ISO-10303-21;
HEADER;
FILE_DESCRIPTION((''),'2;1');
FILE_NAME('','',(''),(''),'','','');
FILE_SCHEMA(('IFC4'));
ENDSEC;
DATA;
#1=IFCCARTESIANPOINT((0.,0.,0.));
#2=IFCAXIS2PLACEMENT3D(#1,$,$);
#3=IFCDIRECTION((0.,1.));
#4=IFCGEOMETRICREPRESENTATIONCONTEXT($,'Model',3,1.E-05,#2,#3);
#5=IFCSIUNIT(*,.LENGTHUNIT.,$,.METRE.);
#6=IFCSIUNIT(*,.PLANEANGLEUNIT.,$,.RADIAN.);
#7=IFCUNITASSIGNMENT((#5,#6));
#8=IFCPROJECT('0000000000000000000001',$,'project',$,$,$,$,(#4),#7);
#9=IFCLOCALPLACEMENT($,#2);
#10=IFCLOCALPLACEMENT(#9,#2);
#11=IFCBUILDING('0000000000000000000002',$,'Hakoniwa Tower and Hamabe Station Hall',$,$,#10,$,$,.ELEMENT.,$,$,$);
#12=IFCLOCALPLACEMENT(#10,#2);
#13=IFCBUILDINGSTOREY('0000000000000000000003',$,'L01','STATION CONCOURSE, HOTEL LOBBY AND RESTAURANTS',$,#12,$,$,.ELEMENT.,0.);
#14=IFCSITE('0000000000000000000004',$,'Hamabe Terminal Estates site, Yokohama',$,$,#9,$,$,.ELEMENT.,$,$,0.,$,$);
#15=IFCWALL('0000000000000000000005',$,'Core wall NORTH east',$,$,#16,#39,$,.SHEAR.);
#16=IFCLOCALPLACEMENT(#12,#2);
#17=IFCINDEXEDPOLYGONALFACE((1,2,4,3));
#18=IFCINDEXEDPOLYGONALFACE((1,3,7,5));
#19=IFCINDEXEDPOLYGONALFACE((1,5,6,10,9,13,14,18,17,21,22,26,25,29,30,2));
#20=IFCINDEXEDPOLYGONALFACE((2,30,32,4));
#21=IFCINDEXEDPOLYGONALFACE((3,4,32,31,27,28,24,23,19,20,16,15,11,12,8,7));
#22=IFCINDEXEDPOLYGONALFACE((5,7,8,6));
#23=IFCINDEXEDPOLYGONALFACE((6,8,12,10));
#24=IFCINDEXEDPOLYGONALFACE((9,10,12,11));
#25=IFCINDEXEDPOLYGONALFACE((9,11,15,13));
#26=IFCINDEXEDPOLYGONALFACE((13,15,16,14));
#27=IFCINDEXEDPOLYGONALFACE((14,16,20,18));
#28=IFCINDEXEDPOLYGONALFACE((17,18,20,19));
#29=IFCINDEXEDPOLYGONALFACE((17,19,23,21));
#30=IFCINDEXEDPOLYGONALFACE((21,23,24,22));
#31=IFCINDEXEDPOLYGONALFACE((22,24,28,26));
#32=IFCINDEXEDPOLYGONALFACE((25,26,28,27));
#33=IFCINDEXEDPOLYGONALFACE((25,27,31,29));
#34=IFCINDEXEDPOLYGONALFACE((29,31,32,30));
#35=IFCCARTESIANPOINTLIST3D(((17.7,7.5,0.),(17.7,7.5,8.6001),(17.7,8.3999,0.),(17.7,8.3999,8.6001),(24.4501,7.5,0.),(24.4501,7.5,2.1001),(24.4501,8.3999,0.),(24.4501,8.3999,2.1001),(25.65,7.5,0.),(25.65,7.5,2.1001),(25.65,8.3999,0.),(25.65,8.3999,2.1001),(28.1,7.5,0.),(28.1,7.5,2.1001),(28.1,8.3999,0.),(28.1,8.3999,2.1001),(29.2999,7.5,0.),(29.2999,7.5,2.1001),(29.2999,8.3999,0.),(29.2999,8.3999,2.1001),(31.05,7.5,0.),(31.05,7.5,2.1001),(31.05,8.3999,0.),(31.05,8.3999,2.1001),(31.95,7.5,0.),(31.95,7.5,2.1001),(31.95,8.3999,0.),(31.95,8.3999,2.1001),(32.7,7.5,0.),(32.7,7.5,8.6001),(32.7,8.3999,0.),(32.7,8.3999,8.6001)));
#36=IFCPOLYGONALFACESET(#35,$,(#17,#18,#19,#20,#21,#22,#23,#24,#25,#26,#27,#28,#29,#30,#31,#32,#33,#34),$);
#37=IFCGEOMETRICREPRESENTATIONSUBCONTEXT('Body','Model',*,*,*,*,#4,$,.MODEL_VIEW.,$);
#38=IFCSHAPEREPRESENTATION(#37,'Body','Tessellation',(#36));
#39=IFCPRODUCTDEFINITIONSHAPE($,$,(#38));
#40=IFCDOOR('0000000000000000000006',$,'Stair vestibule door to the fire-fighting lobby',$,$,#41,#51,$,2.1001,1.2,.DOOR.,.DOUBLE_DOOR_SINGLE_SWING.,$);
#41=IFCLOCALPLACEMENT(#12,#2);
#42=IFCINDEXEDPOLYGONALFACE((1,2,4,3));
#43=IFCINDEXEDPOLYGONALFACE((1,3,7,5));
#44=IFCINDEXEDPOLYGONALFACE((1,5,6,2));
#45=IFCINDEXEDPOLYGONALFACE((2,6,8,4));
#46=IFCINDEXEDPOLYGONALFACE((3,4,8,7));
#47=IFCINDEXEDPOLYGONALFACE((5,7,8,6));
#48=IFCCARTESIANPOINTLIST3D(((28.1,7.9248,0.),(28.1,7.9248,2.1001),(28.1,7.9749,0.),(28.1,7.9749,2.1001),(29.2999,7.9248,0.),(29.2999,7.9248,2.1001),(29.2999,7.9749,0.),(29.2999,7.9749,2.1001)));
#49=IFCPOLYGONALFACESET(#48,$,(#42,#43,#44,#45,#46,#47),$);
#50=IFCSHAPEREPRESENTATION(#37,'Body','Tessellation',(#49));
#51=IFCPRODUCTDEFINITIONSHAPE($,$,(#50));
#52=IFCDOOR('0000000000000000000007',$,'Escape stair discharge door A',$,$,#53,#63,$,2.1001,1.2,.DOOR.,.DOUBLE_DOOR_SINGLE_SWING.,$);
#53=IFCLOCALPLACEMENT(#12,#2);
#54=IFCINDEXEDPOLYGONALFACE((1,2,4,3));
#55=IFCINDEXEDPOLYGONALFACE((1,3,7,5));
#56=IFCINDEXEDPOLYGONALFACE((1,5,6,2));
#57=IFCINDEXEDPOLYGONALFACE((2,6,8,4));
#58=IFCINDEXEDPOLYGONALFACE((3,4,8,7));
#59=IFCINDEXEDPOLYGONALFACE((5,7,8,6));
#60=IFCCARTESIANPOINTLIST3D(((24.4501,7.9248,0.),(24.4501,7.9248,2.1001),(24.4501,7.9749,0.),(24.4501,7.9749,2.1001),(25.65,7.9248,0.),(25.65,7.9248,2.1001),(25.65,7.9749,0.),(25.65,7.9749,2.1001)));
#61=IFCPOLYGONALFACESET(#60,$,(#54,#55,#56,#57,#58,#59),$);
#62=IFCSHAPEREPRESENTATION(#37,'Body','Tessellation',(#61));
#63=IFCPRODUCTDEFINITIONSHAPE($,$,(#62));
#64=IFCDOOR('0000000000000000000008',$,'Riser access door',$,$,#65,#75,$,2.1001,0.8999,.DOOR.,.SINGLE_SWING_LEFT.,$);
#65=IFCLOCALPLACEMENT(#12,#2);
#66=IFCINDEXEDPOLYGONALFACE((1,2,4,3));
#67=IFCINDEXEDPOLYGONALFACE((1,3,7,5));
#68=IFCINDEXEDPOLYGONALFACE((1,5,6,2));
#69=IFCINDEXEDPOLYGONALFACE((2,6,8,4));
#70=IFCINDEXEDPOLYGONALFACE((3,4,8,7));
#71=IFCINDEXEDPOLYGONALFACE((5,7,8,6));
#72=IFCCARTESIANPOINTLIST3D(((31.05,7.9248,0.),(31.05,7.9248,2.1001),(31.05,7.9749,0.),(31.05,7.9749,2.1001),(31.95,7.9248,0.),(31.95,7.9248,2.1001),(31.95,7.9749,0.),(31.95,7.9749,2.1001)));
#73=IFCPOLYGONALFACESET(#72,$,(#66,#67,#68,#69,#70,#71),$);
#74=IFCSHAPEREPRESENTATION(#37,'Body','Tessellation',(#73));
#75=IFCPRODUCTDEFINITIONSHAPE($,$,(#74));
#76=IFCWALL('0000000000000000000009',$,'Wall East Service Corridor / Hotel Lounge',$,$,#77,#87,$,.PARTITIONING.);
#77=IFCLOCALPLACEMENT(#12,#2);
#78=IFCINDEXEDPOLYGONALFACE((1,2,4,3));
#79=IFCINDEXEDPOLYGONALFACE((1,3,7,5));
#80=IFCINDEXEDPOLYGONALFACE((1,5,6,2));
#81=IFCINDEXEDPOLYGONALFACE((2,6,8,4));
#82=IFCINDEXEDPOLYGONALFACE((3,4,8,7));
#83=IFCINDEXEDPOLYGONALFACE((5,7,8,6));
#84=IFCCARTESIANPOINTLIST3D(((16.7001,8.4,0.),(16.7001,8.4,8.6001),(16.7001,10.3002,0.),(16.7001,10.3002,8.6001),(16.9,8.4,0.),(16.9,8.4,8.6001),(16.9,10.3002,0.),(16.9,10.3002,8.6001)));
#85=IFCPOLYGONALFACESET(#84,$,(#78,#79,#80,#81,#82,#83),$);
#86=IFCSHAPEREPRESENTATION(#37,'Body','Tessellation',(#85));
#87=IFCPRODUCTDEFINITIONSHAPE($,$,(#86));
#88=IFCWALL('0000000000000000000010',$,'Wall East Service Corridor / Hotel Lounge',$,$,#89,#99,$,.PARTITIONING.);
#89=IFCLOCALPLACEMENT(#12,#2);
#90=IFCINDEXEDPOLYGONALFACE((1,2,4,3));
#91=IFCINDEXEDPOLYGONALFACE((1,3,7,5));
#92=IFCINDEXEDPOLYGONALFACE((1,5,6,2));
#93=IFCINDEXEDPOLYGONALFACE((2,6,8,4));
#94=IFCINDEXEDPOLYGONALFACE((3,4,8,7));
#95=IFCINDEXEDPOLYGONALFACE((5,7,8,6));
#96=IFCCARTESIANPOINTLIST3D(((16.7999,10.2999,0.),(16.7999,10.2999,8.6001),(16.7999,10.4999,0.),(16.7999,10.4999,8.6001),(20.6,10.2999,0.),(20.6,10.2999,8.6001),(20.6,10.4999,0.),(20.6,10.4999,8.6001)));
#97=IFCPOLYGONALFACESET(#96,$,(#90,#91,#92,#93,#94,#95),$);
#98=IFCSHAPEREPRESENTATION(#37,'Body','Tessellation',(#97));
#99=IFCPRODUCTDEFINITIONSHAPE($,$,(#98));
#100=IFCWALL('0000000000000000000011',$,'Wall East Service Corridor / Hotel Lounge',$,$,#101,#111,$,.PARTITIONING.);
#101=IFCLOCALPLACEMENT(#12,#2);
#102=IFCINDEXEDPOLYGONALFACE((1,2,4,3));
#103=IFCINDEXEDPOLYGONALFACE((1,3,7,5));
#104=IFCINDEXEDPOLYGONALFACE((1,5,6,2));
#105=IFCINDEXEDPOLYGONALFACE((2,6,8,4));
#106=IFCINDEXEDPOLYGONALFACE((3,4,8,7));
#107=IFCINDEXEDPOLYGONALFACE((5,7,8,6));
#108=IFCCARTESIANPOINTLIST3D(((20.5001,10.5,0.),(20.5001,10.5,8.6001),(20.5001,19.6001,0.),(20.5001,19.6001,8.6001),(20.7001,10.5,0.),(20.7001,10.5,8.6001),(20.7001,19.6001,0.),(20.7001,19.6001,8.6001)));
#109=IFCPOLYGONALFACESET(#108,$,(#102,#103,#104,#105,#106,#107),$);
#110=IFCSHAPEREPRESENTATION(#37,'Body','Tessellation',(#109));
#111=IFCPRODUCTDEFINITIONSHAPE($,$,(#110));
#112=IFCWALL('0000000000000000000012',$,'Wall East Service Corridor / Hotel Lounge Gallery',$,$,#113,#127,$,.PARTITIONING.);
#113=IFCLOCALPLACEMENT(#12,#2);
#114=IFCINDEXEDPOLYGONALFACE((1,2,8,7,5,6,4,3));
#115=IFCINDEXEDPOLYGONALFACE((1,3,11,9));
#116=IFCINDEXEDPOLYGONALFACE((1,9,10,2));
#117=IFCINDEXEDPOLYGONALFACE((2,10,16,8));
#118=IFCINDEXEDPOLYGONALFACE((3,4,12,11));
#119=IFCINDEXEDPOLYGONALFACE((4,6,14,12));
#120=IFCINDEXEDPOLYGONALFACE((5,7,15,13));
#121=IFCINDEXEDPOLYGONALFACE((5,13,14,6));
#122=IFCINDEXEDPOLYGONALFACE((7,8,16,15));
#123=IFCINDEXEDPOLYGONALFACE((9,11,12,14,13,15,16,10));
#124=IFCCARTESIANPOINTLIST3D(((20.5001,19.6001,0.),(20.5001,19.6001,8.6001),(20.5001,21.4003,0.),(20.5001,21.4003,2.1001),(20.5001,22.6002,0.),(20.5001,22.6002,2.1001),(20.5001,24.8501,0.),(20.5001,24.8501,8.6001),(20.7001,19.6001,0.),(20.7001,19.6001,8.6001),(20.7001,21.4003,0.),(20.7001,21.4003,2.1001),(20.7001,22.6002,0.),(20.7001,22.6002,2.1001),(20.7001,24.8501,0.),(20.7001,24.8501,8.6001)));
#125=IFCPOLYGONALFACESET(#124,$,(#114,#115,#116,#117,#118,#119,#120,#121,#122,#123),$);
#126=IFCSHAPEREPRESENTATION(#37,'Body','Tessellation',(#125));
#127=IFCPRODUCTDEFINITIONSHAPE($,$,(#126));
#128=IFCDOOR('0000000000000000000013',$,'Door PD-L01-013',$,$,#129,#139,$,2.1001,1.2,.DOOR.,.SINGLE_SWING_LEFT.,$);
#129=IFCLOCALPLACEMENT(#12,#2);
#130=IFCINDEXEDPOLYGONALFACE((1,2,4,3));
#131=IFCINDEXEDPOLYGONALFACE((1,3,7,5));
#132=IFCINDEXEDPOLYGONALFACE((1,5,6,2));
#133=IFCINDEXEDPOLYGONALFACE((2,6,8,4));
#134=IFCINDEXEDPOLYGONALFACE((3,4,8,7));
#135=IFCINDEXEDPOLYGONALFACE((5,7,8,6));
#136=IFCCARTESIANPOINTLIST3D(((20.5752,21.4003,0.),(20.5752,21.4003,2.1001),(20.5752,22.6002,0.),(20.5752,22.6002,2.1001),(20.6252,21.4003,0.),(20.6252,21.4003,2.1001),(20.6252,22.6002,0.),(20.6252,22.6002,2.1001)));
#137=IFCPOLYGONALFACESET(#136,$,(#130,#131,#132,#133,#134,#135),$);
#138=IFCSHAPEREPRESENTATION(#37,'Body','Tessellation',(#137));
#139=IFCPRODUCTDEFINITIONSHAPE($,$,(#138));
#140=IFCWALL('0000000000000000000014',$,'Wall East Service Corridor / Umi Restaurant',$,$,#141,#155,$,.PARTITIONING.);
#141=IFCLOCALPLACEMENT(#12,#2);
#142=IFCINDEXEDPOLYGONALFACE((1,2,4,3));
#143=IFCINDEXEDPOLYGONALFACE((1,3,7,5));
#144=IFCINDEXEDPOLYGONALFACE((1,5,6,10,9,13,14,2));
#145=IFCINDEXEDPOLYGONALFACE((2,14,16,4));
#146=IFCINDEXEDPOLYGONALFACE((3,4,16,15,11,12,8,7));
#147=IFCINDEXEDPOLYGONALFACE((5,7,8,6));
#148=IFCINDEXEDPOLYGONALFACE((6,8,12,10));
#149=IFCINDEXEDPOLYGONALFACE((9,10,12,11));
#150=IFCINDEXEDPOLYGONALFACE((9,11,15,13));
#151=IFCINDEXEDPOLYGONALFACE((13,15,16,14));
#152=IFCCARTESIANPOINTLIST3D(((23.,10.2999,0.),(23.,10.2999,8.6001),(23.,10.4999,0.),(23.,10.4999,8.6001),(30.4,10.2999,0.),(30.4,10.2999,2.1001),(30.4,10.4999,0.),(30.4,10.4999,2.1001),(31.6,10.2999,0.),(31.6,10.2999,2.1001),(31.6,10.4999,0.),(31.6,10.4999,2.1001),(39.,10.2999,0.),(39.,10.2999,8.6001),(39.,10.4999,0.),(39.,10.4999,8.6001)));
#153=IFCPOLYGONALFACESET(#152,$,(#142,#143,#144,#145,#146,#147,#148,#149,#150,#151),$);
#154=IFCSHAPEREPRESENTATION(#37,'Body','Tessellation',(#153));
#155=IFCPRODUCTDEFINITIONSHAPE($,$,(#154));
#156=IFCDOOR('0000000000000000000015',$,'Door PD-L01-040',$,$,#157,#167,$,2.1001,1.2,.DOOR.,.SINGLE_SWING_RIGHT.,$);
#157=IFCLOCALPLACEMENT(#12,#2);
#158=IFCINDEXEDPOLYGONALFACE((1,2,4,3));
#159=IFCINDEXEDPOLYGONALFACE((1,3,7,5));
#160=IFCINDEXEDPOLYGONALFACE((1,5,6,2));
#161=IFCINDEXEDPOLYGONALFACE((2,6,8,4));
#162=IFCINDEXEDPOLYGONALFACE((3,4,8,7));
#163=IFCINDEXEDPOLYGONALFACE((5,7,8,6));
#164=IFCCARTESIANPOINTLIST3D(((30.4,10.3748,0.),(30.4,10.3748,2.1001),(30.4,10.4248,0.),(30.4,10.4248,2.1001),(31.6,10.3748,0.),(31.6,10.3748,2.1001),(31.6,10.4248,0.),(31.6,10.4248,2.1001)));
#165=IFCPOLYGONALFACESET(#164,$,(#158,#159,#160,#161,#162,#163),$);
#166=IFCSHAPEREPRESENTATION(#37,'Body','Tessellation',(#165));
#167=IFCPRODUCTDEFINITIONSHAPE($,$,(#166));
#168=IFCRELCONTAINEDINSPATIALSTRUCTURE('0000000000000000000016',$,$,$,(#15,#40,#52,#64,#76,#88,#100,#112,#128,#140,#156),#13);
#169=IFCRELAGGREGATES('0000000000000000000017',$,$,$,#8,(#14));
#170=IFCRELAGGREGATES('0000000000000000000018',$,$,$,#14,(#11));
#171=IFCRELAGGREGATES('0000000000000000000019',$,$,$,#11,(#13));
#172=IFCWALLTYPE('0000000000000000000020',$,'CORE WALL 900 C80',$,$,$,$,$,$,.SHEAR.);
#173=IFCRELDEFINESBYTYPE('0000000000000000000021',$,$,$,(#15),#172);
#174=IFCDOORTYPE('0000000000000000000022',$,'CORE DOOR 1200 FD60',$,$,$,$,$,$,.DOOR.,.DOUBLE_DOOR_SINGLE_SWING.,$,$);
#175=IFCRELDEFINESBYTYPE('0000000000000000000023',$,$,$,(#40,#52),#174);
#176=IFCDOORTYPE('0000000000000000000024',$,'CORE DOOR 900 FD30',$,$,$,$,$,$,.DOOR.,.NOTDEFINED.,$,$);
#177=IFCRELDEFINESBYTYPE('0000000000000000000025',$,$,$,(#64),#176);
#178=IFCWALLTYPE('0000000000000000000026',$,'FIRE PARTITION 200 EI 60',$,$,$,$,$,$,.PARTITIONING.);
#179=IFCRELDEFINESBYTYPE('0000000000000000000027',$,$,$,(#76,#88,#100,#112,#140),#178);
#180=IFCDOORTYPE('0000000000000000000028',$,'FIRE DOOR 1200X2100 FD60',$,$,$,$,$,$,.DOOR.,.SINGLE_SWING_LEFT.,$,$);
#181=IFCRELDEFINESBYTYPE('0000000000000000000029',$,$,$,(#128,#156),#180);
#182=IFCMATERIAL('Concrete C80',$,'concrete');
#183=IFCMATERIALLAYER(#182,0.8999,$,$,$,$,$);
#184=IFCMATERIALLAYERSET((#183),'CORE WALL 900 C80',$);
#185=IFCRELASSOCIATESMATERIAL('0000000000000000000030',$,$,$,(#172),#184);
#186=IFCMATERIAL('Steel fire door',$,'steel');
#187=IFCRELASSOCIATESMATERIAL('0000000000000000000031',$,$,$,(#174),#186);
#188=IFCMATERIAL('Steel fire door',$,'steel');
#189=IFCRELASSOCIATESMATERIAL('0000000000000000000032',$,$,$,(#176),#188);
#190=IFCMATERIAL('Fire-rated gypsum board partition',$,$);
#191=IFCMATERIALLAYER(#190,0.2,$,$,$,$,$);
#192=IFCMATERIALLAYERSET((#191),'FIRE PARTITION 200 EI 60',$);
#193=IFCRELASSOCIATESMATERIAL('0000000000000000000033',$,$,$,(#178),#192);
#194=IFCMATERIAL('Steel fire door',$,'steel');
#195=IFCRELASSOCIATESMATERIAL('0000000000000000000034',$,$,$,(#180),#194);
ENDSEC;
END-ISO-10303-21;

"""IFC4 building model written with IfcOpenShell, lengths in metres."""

from ifc_helpers import new_model, si_unit, direction, frame, frame_2d, origin, place, context, subcontext, project, spatial, rectangle, extrude, material, layer, layer_set, type_object, element, fill, save


model = new_model("IFC4")

# Units and contexts
model_context = context("Model", 3, precision=1e-05, world=origin(), true_north=direction((0.0, 1.0)))
body_context = subcontext(model_context, "Body", "Model", "MODEL_VIEW")
ifc_project = project(units=[si_unit("LENGTHUNIT", "METRE"), si_unit("PLANEANGLEUNIT", "RADIAN")], contexts=[model_context])

# Site, building, storey
site_placement = place(None, origin())
site = spatial("IfcSite", under=ifc_project, at=site_placement, Name="Hamabe Terminal Estates site, Yokohama", CompositionType="ELEMENT", RefElevation=0.0)
building_placement = place(site_placement, origin())
building = spatial("IfcBuilding", under=site, at=building_placement, Name="Hakoniwa Tower and Hamabe Station Hall", CompositionType="ELEMENT")
storey_placement = place(building_placement, origin())
storey = spatial("IfcBuildingStorey", under=building, at=storey_placement, Name="L01", Description="STATION CONCOURSE, HOTEL LOBBY AND RESTAURANTS", CompositionType="ELEMENT", Elevation=0.0)

# Wall, openings, doors
ifc_material_1 = material(Name="Concrete C80", Category="concrete")
ifc_layer_1 = layer(ifc_material_1, 0.8999)
ifc_layer_set_1 = layer_set([ifc_layer_1], Name="CORE WALL 900 C80")
wall_type_1 = type_object("IfcWallType", Name="CORE WALL 900 C80", PredefinedType="SHEAR", material=ifc_layer_set_1)
wall_1_placement = place(storey_placement, frame((17.7, 7.95, 0.0), z_axis=(0.0, 0.0, 1.0), x_axis=(1.0, 0.0, 0.0)))
wall_1 = element("IfcWall", 1, at=wall_1_placement, inside=storey, type_object=wall_type_1, Name="Core wall NORTH east", PredefinedType="SHEAR", context=body_context, shape_type="SweptSolid", body=[
    extrude(rectangle(XDim=15.0, YDim=0.8999, at=frame_2d((7.5, 0.0))), origin(), (0.0, 0.0, 1.0), 8.6001),
])
opening_1_placement = place(wall_1_placement, frame((10.3999, 0.0, 0.0)))
opening_1 = element("IfcOpeningElement", 2, at=opening_1_placement, cuts=wall_1, PredefinedType="OPENING", context=body_context, shape_type="SweptSolid", body=[
    extrude(rectangle(XDim=1.2, YDim=2.1001, at=frame_2d((0.6001, 1.05))), frame((0.0, 0.46, 0.0), z_axis=(0.0, -1.0, 0.0), x_axis=(1.0, 0.0, 0.0)), (0.0, 0.0, 1.0), 0.9199),
])
opening_2_placement = place(wall_1_placement, frame((13.3501, 0.0, 0.0)))
opening_2 = element("IfcOpeningElement", 3, at=opening_2_placement, cuts=wall_1, PredefinedType="OPENING", context=body_context, shape_type="SweptSolid", body=[
    extrude(rectangle(XDim=0.8999, YDim=2.1001, at=frame_2d((0.45, 1.05))), frame((0.0, 0.46, 0.0), z_axis=(0.0, -1.0, 0.0), x_axis=(1.0, 0.0, 0.0)), (0.0, 0.0, 1.0), 0.9199),
])
opening_3_placement = place(wall_1_placement, frame((6.75, 0.0, 0.0)))
opening_3 = element("IfcOpeningElement", 4, at=opening_3_placement, cuts=wall_1, PredefinedType="OPENING", context=body_context, shape_type="SweptSolid", body=[
    extrude(rectangle(XDim=1.2, YDim=2.1001, at=frame_2d((0.6001, 1.05))), frame((0.0, 0.46, 0.0), z_axis=(0.0, -1.0, 0.0), x_axis=(1.0, 0.0, 0.0)), (0.0, 0.0, 1.0), 0.9199),
])
ifc_material_2 = material(Name="Steel fire door", Category="steel")
door_type_1 = type_object("IfcDoorType", Name="CORE DOOR 1200 FD60", OperationType="DOUBLE_DOOR_SINGLE_SWING", PredefinedType="DOOR", material=ifc_material_2)
door_1_placement = place(opening_1_placement, origin())
door_1 = element("IfcDoor", 5, at=door_1_placement, inside=storey, type_object=door_type_1, Name="Stair vestibule door to the fire-fighting lobby", OperationType="DOUBLE_DOOR_SINGLE_SWING", OverallHeight=2.1001, OverallWidth=1.2, PredefinedType="DOOR", context=body_context, shape_type="SweptSolid", body=[
    extrude(rectangle(XDim=1.2, YDim=2.1001, at=frame_2d((0.6001, 1.05))), frame((0.0, 0.0249, 0.0), z_axis=(0.0, -1.0, 0.0), x_axis=(1.0, 0.0, 0.0)), (0.0, 0.0, 1.0), 0.05),
])
fill(opening_1, door_1)
door_2_placement = place(opening_3_placement, origin())
door_2 = element("IfcDoor", 6, at=door_2_placement, inside=storey, type_object=door_type_1, Name="Escape stair discharge door A", OperationType="DOUBLE_DOOR_SINGLE_SWING", OverallHeight=2.1001, OverallWidth=1.2, PredefinedType="DOOR", context=body_context, shape_type="SweptSolid", body=[
    extrude(rectangle(XDim=1.2, YDim=2.1001, at=frame_2d((0.6001, 1.05))), frame((0.0, 0.0249, 0.0), z_axis=(0.0, -1.0, 0.0), x_axis=(1.0, 0.0, 0.0)), (0.0, 0.0, 1.0), 0.05),
])
fill(opening_3, door_2)
ifc_material_3 = material(Name="Steel fire door", Category="steel")
door_type_2 = type_object("IfcDoorType", Name="CORE DOOR 900 FD30", OperationType="NOTDEFINED", PredefinedType="DOOR", material=ifc_material_3)
door_3_placement = place(opening_2_placement, origin())
door_3 = element("IfcDoor", 7, at=door_3_placement, inside=storey, type_object=door_type_2, Name="Riser access door", OperationType="SINGLE_SWING_LEFT", OverallHeight=2.1001, OverallWidth=0.8999, PredefinedType="DOOR", context=body_context, shape_type="SweptSolid", body=[
    extrude(rectangle(XDim=0.8999, YDim=2.1001, at=frame_2d((0.45, 1.05))), frame((0.0, 0.0249, 0.0), z_axis=(0.0, -1.0, 0.0), x_axis=(1.0, 0.0, 0.0)), (0.0, 0.0, 1.0), 0.05),
])
fill(opening_2, door_3)

# Walls
ifc_material_4 = material(Name="Fire-rated gypsum board partition")
ifc_layer_2 = layer(ifc_material_4, 0.2)
ifc_layer_set_2 = layer_set([ifc_layer_2], Name="FIRE PARTITION 200 EI 60")
wall_type_2 = type_object("IfcWallType", Name="FIRE PARTITION 200 EI 60", PredefinedType="PARTITIONING", material=ifc_layer_set_2)
wall_2_placement = place(storey_placement, frame((16.8, 8.3999, 0.0), z_axis=(0.0, 0.0, 1.0), x_axis=(0.0, 1.0, 0.0)))
element("IfcWall", 8, at=wall_2_placement, inside=storey, type_object=wall_type_2, Name="Wall East Service Corridor / Hotel Lounge", PredefinedType="PARTITIONING", context=body_context, shape_type="SweptSolid", body=[
    extrude(rectangle(XDim=1.9001, YDim=0.2, at=frame_2d((0.9502, 0.0))), origin(), (0.0, 0.0, 1.0), 8.6001),
])
wall_3_placement = place(storey_placement, frame((16.8, 10.3999, 0.0), z_axis=(0.0, 0.0, 1.0), x_axis=(1.0, 0.0, 0.0)))
element("IfcWall", 9, at=wall_3_placement, inside=storey, type_object=wall_type_2, Name="Wall East Service Corridor / Hotel Lounge", PredefinedType="PARTITIONING", context=body_context, shape_type="SweptSolid", body=[
    extrude(rectangle(XDim=3.8, YDim=0.2, at=frame_2d((1.8999, 0.0))), origin(), (0.0, 0.0, 1.0), 8.6001),
])
wall_4_placement = place(storey_placement, frame((20.6001, 10.5, 0.0), z_axis=(0.0, 0.0, 1.0), x_axis=(0.0, 1.0, 0.0)))
element("IfcWall", 10, at=wall_4_placement, inside=storey, type_object=wall_type_2, Name="Wall East Service Corridor / Hotel Lounge", PredefinedType="PARTITIONING", context=body_context, shape_type="SweptSolid", body=[
    extrude(rectangle(XDim=9.1001, YDim=0.2, at=frame_2d((4.55, 0.0))), origin(), (0.0, 0.0, 1.0), 8.6001),
])

# Walls, openings, doors
wall_5_placement = place(storey_placement, frame((20.6001, 19.6001, 0.0), z_axis=(0.0, 0.0, 1.0), x_axis=(0.0, 1.0, 0.0)))
wall_5 = element("IfcWall", 11, at=wall_5_placement, inside=storey, type_object=wall_type_2, Name="Wall East Service Corridor / Hotel Lounge Gallery", PredefinedType="PARTITIONING", context=body_context, shape_type="SweptSolid", body=[
    extrude(rectangle(XDim=5.25, YDim=0.2, at=frame_2d((2.625, 0.0))), origin(), (0.0, 0.0, 1.0), 8.6001),
])
opening_4_placement = place(wall_5_placement, frame((1.8, 0.0, 0.0)))
opening_4 = element("IfcOpeningElement", 12, at=opening_4_placement, cuts=wall_5, PredefinedType="OPENING", context=body_context, shape_type="SweptSolid", body=[
    extrude(rectangle(XDim=1.2, YDim=2.1001, at=frame_2d((0.6001, 1.05))), frame((0.0, 0.1099, 0.0), z_axis=(0.0, -1.0, 0.0), x_axis=(1.0, 0.0, 0.0)), (0.0, 0.0, 1.0), 0.22),
])
ifc_material_5 = material(Name="Steel fire door", Category="steel")
door_type_3 = type_object("IfcDoorType", Name="FIRE DOOR 1200X2100 FD60", OperationType="SINGLE_SWING_LEFT", PredefinedType="DOOR", material=ifc_material_5)
door_4_placement = place(opening_4_placement, origin())
door_4 = element("IfcDoor", 13, at=door_4_placement, inside=storey, type_object=door_type_3, Name="Door PD-L01-013", OperationType="SINGLE_SWING_LEFT", OverallHeight=2.1001, OverallWidth=1.2, PredefinedType="DOOR", context=body_context, shape_type="SweptSolid", body=[
    extrude(rectangle(XDim=1.2, YDim=2.1001, at=frame_2d((0.6001, 1.05))), frame((0.0, 0.0249, 0.0), z_axis=(0.0, -1.0, 0.0), x_axis=(1.0, 0.0, 0.0)), (0.0, 0.0, 1.0), 0.05),
])
fill(opening_4, door_4)
wall_6_placement = place(storey_placement, frame((23.0, 10.3999, 0.0), z_axis=(0.0, 0.0, 1.0), x_axis=(1.0, 0.0, 0.0)))
wall_6 = element("IfcWall", 14, at=wall_6_placement, inside=storey, type_object=wall_type_2, Name="Wall East Service Corridor / Umi Restaurant", PredefinedType="PARTITIONING", context=body_context, shape_type="SweptSolid", body=[
    extrude(rectangle(XDim=16.0, YDim=0.2, at=frame_2d((8.0, 0.0))), origin(), (0.0, 0.0, 1.0), 8.6001),
])
opening_5_placement = place(wall_6_placement, frame((7.3999, 0.0, 0.0)))
opening_5 = element("IfcOpeningElement", 15, at=opening_5_placement, cuts=wall_6, PredefinedType="OPENING", context=body_context, shape_type="SweptSolid", body=[
    extrude(rectangle(XDim=1.2, YDim=2.1001, at=frame_2d((0.6001, 1.05))), frame((0.0, 0.1099, 0.0), z_axis=(0.0, -1.0, 0.0), x_axis=(1.0, 0.0, 0.0)), (0.0, 0.0, 1.0), 0.22),
])
door_5_placement = place(opening_5_placement, origin())
door_5 = element("IfcDoor", 16, at=door_5_placement, inside=storey, type_object=door_type_3, Name="Door PD-L01-040", OperationType="SINGLE_SWING_RIGHT", OverallHeight=2.1001, OverallWidth=1.2, PredefinedType="DOOR", context=body_context, shape_type="SweptSolid", body=[
    extrude(rectangle(XDim=1.2, YDim=2.1001, at=frame_2d((0.6001, 1.05))), frame((0.0, 0.0249, 0.0), z_axis=(0.0, -1.0, 0.0), x_axis=(1.0, 0.0, 0.0)), (0.0, 0.0, 1.0), 0.05),
])
fill(opening_5, door_5)

save(model, "model.ifc")
